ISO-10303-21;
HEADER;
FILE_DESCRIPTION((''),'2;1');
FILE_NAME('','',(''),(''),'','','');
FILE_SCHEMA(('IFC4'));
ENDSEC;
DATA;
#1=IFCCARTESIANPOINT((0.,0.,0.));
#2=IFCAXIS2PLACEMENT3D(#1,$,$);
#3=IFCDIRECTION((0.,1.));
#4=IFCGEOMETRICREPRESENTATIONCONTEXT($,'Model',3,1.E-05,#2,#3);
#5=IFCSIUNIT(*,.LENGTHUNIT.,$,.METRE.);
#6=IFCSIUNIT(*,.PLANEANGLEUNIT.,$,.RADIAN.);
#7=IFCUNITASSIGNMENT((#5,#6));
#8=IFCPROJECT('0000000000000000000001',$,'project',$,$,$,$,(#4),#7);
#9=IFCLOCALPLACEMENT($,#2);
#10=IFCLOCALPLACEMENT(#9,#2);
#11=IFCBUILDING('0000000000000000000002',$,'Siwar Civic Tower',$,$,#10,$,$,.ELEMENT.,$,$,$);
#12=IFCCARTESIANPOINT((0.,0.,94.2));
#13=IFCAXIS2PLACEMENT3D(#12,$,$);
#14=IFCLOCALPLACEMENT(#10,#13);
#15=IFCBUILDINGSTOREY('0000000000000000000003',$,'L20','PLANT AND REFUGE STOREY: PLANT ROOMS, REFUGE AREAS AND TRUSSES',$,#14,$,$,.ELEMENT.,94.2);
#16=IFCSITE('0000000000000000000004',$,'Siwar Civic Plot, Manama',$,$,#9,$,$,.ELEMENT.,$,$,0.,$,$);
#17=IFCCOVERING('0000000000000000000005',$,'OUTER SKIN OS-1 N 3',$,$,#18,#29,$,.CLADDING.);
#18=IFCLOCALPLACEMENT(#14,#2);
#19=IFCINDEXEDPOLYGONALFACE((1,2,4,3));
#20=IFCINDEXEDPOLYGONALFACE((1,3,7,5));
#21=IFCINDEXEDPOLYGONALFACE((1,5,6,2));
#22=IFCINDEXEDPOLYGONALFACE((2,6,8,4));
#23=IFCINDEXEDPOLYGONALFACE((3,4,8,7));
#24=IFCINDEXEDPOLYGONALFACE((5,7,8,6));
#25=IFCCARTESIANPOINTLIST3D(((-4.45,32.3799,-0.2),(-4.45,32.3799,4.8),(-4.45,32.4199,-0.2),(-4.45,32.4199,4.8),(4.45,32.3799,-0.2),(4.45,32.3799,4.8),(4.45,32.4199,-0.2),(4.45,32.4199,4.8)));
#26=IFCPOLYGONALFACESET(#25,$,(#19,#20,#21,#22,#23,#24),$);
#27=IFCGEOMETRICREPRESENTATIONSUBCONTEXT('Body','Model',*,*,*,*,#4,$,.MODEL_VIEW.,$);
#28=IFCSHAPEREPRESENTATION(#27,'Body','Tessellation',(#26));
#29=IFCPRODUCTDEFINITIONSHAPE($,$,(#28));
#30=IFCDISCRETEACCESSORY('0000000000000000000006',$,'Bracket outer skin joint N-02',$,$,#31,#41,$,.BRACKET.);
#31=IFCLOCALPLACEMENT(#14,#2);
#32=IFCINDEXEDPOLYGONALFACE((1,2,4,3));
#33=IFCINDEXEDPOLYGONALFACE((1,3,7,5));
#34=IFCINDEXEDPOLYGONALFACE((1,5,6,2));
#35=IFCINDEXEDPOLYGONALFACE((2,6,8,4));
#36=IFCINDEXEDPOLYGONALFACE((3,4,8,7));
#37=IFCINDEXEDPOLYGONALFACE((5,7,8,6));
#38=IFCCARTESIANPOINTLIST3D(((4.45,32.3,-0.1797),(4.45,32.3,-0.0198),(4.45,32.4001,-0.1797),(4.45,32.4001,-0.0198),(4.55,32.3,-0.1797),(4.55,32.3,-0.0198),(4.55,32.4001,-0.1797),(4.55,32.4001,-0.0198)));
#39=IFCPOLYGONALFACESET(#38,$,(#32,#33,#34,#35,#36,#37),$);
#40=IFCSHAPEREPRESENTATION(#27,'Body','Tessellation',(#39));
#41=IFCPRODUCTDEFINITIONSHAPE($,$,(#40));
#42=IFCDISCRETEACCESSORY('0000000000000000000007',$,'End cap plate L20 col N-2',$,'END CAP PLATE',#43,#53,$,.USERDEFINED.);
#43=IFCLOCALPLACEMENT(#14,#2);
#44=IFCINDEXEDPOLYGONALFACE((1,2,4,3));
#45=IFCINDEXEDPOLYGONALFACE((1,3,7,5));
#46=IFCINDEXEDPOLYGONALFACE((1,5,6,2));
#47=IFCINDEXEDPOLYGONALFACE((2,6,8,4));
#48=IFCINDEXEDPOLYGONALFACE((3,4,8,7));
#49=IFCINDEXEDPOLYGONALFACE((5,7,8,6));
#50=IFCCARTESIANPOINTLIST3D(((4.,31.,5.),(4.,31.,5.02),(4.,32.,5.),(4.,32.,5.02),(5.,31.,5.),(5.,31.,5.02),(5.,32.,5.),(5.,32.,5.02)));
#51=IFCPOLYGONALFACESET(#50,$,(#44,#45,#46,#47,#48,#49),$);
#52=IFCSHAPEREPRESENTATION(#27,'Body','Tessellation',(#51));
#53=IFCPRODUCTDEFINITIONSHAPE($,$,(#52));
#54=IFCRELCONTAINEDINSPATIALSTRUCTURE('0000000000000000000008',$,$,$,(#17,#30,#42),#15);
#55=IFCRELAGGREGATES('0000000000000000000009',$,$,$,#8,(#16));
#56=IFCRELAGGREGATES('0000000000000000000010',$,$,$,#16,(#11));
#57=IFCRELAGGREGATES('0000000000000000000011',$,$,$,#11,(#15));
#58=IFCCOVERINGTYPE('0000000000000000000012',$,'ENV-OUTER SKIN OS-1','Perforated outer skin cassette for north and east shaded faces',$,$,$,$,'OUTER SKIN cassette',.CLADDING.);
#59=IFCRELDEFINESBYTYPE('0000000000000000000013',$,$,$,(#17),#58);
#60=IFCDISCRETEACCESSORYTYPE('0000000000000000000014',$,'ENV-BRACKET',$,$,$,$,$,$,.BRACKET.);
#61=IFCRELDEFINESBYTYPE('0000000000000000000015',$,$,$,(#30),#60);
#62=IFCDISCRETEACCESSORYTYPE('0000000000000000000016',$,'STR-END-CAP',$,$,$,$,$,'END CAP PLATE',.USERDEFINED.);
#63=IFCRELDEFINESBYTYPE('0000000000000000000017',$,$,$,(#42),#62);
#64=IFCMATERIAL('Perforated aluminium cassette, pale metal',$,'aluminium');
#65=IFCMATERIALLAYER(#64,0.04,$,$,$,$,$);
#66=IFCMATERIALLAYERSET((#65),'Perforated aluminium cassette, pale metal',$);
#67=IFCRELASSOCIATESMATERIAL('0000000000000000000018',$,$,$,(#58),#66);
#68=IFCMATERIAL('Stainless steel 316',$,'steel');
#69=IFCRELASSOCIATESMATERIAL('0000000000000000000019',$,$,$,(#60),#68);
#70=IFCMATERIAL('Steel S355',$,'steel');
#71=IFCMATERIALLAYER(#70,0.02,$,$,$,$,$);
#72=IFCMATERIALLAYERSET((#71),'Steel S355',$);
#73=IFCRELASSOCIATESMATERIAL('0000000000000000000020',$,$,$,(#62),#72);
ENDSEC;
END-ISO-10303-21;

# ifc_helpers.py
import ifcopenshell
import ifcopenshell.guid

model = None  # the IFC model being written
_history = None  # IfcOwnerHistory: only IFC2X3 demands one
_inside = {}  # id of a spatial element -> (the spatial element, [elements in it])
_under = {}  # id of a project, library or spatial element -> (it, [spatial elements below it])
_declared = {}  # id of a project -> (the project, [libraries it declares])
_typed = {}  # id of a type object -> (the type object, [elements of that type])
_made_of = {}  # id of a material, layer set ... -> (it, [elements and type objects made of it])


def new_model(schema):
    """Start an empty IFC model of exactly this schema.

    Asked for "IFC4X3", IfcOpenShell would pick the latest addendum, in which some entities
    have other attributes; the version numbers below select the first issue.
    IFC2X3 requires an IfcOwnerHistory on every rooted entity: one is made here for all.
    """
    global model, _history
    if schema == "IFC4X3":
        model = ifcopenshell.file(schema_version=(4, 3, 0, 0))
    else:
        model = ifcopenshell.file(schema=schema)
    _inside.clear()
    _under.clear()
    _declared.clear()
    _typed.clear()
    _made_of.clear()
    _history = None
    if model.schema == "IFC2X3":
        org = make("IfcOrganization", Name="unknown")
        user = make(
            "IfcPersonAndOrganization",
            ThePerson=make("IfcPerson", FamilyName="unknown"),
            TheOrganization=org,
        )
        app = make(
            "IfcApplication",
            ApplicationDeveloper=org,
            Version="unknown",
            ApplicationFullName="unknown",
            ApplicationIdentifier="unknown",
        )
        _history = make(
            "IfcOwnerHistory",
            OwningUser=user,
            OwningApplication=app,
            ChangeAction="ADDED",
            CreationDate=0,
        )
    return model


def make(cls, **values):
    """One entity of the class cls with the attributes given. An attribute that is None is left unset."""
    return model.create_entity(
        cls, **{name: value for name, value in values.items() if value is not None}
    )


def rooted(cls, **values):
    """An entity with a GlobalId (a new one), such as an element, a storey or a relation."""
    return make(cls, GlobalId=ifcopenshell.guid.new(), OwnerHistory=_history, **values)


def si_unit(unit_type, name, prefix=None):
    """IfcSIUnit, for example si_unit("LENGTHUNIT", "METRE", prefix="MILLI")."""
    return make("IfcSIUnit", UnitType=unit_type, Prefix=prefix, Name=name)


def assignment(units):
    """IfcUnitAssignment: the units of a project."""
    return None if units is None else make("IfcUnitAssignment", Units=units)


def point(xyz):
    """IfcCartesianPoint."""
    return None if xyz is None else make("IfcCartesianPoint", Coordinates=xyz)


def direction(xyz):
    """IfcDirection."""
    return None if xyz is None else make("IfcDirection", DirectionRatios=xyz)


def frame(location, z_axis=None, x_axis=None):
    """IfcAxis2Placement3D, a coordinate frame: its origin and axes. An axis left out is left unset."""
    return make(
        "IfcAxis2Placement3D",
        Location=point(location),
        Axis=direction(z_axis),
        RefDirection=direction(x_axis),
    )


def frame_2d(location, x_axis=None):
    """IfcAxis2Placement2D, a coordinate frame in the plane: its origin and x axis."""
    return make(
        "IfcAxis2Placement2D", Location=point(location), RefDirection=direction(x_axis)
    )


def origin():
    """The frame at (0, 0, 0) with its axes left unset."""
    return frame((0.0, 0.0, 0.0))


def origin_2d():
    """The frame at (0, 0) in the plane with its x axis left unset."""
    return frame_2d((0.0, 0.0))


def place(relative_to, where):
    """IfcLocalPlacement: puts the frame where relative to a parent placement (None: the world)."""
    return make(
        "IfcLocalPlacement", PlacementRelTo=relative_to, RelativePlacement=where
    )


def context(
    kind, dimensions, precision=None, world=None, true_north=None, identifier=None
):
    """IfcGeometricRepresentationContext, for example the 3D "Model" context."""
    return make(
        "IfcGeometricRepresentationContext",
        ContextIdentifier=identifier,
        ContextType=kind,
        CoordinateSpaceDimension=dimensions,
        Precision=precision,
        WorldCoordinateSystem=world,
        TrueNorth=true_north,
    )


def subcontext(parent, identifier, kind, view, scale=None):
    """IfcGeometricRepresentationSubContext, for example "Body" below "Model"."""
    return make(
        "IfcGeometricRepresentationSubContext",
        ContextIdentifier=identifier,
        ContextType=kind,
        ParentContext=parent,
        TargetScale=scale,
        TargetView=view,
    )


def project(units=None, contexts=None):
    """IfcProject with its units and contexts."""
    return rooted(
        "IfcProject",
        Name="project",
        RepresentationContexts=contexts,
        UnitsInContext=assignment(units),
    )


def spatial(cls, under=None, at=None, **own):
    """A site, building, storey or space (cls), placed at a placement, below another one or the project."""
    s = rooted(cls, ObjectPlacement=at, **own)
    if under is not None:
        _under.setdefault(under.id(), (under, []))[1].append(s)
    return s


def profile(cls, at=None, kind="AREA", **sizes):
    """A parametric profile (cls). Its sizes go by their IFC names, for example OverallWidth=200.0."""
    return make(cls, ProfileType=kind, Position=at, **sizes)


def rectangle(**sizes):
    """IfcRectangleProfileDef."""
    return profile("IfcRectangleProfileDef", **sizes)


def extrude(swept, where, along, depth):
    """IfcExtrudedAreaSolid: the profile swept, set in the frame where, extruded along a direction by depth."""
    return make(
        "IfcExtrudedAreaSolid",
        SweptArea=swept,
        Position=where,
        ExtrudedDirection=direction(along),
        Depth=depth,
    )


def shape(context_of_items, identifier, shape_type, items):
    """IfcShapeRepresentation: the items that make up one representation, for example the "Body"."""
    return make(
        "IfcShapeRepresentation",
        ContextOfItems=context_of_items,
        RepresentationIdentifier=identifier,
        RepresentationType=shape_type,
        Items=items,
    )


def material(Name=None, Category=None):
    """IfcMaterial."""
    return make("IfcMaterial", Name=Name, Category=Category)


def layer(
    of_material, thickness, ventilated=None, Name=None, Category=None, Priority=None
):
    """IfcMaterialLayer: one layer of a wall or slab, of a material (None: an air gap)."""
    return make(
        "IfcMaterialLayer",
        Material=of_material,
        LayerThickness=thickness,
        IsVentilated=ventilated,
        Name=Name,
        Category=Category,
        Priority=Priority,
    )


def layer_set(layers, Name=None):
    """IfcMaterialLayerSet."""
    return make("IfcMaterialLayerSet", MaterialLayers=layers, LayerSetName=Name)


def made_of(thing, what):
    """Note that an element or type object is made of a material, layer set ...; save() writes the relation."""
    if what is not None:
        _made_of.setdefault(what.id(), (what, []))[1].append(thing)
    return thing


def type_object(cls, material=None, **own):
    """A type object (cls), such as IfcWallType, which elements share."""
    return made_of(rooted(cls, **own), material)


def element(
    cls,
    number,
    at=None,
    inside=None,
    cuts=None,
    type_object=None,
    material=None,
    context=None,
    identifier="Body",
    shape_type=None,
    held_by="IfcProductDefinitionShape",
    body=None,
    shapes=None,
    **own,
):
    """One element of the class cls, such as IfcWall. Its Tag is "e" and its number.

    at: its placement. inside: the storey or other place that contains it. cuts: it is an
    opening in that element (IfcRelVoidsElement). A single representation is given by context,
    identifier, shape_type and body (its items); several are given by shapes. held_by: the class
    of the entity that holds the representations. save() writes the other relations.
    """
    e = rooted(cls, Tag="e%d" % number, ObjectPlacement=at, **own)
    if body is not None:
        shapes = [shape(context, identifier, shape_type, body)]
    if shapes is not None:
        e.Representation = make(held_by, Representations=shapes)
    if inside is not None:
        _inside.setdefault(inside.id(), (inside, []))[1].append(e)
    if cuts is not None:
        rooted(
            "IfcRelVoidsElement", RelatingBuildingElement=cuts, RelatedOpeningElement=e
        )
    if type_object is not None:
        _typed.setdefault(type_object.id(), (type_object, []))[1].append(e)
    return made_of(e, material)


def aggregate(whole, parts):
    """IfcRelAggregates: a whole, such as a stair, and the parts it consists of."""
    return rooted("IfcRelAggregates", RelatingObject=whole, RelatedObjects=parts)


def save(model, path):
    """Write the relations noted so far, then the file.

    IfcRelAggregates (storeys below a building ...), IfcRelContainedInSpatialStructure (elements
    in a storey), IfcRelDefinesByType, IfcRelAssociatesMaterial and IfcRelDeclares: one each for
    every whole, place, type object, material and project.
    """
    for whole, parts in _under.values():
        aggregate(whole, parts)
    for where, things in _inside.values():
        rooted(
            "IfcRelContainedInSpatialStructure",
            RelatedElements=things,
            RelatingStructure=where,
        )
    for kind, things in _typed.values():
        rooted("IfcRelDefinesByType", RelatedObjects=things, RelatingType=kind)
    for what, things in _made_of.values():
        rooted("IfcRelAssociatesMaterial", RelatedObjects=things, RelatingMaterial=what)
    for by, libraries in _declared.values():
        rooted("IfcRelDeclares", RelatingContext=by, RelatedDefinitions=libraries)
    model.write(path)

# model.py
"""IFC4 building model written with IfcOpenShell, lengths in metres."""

from ifc_helpers import new_model, si_unit, direction, frame, origin, origin_2d, place, context, subcontext, project, spatial, rectangle, extrude, material, layer, layer_set, type_object, element, save


model = new_model("IFC4")

# Units and contexts
model_context = context("Model", 3, precision=1e-05, world=origin(), true_north=direction((0.0, 1.0)))
body_context = subcontext(model_context, "Body", "Model", "MODEL_VIEW")
ifc_project = project(units=[si_unit("LENGTHUNIT", "METRE"), si_unit("PLANEANGLEUNIT", "RADIAN")], contexts=[model_context])

# Site, building, storey
site_placement = place(None, origin())
site = spatial("IfcSite", under=ifc_project, at=site_placement, Name="Siwar Civic Plot, Manama", CompositionType="ELEMENT", RefElevation=0.0)
building_placement = place(site_placement, origin())
building = spatial("IfcBuilding", under=site, at=building_placement, Name="Siwar Civic Tower", CompositionType="ELEMENT")
storey_placement = place(building_placement, frame((0.0, 0.0, 94.2)))
storey = spatial("IfcBuildingStorey", under=building, at=storey_placement, Name="L20", Description="PLANT AND REFUGE STOREY: PLANT ROOMS, REFUGE AREAS AND TRUSSES", CompositionType="ELEMENT", Elevation=94.2)

# Covering
ifc_material_1 = material(Name="Perforated aluminium cassette, pale metal", Category="aluminium")
ifc_layer_1 = layer(ifc_material_1, 0.04)
ifc_layer_set_1 = layer_set([ifc_layer_1], Name="Perforated aluminium cassette, pale metal")
covering_type = type_object("IfcCoveringType", Name="ENV-OUTER SKIN OS-1", Description="Perforated outer skin cassette for north and east shaded faces", ElementType="OUTER SKIN cassette", PredefinedType="CLADDING", material=ifc_layer_set_1)
covering_placement = place(storey_placement, frame((0.0, 32.3999, -0.2), z_axis=(0.0, 0.0, 1.0), x_axis=(-1.0, 0.0, 0.0)))
element("IfcCovering", 1, at=covering_placement, inside=storey, type_object=covering_type, Name="OUTER SKIN OS-1 N 3", PredefinedType="CLADDING", context=body_context, shape_type="SweptSolid", body=[
    extrude(rectangle(XDim=8.8999, YDim=0.04, at=origin_2d()), origin(), (0.0, 0.0, 1.0), 5.0),
])

# Discrete accessories
ifc_material_2 = material(Name="Stainless steel 316", Category="steel")
discrete_accessory_type_1 = type_object("IfcDiscreteAccessoryType", Name="ENV-BRACKET", PredefinedType="BRACKET", material=ifc_material_2)
discrete_accessory_1_placement = place(storey_placement, frame((4.5, 32.3501, -0.1797), z_axis=(0.0, 0.0, 1.0), x_axis=(0.0, 1.0, 0.0)))
element("IfcDiscreteAccessory", 2, at=discrete_accessory_1_placement, inside=storey, type_object=discrete_accessory_type_1, Name="Bracket outer skin joint N-02", PredefinedType="BRACKET", context=body_context, shape_type="SweptSolid", body=[
    extrude(rectangle(XDim=0.1001, YDim=0.1001, at=origin_2d()), origin(), (0.0, 0.0, 1.0), 0.1599),
])
ifc_material_3 = material(Name="Steel S355", Category="steel")
ifc_layer_2 = layer(ifc_material_3, 0.02)
ifc_layer_set_2 = layer_set([ifc_layer_2], Name="Steel S355")
discrete_accessory_type_2 = type_object("IfcDiscreteAccessoryType", Name="STR-END-CAP", ElementType="END CAP PLATE", PredefinedType="USERDEFINED", material=ifc_layer_set_2)
discrete_accessory_2_placement = place(storey_placement, frame((4.5, 31.5, 5.0), z_axis=(0.0, 0.0, 1.0), x_axis=(1.0, 0.0, 0.0)))
element("IfcDiscreteAccessory", 3, at=discrete_accessory_2_placement, inside=storey, type_object=discrete_accessory_type_2, Name="End cap plate L20 col N-2", ObjectType="END CAP PLATE", PredefinedType="USERDEFINED", context=body_context, shape_type="SweptSolid", body=[
    extrude(rectangle(XDim=1.0, YDim=1.0, at=origin_2d()), origin(), (0.0, 0.0, 1.0), 0.02),
])

save(model, "model.ifc")
